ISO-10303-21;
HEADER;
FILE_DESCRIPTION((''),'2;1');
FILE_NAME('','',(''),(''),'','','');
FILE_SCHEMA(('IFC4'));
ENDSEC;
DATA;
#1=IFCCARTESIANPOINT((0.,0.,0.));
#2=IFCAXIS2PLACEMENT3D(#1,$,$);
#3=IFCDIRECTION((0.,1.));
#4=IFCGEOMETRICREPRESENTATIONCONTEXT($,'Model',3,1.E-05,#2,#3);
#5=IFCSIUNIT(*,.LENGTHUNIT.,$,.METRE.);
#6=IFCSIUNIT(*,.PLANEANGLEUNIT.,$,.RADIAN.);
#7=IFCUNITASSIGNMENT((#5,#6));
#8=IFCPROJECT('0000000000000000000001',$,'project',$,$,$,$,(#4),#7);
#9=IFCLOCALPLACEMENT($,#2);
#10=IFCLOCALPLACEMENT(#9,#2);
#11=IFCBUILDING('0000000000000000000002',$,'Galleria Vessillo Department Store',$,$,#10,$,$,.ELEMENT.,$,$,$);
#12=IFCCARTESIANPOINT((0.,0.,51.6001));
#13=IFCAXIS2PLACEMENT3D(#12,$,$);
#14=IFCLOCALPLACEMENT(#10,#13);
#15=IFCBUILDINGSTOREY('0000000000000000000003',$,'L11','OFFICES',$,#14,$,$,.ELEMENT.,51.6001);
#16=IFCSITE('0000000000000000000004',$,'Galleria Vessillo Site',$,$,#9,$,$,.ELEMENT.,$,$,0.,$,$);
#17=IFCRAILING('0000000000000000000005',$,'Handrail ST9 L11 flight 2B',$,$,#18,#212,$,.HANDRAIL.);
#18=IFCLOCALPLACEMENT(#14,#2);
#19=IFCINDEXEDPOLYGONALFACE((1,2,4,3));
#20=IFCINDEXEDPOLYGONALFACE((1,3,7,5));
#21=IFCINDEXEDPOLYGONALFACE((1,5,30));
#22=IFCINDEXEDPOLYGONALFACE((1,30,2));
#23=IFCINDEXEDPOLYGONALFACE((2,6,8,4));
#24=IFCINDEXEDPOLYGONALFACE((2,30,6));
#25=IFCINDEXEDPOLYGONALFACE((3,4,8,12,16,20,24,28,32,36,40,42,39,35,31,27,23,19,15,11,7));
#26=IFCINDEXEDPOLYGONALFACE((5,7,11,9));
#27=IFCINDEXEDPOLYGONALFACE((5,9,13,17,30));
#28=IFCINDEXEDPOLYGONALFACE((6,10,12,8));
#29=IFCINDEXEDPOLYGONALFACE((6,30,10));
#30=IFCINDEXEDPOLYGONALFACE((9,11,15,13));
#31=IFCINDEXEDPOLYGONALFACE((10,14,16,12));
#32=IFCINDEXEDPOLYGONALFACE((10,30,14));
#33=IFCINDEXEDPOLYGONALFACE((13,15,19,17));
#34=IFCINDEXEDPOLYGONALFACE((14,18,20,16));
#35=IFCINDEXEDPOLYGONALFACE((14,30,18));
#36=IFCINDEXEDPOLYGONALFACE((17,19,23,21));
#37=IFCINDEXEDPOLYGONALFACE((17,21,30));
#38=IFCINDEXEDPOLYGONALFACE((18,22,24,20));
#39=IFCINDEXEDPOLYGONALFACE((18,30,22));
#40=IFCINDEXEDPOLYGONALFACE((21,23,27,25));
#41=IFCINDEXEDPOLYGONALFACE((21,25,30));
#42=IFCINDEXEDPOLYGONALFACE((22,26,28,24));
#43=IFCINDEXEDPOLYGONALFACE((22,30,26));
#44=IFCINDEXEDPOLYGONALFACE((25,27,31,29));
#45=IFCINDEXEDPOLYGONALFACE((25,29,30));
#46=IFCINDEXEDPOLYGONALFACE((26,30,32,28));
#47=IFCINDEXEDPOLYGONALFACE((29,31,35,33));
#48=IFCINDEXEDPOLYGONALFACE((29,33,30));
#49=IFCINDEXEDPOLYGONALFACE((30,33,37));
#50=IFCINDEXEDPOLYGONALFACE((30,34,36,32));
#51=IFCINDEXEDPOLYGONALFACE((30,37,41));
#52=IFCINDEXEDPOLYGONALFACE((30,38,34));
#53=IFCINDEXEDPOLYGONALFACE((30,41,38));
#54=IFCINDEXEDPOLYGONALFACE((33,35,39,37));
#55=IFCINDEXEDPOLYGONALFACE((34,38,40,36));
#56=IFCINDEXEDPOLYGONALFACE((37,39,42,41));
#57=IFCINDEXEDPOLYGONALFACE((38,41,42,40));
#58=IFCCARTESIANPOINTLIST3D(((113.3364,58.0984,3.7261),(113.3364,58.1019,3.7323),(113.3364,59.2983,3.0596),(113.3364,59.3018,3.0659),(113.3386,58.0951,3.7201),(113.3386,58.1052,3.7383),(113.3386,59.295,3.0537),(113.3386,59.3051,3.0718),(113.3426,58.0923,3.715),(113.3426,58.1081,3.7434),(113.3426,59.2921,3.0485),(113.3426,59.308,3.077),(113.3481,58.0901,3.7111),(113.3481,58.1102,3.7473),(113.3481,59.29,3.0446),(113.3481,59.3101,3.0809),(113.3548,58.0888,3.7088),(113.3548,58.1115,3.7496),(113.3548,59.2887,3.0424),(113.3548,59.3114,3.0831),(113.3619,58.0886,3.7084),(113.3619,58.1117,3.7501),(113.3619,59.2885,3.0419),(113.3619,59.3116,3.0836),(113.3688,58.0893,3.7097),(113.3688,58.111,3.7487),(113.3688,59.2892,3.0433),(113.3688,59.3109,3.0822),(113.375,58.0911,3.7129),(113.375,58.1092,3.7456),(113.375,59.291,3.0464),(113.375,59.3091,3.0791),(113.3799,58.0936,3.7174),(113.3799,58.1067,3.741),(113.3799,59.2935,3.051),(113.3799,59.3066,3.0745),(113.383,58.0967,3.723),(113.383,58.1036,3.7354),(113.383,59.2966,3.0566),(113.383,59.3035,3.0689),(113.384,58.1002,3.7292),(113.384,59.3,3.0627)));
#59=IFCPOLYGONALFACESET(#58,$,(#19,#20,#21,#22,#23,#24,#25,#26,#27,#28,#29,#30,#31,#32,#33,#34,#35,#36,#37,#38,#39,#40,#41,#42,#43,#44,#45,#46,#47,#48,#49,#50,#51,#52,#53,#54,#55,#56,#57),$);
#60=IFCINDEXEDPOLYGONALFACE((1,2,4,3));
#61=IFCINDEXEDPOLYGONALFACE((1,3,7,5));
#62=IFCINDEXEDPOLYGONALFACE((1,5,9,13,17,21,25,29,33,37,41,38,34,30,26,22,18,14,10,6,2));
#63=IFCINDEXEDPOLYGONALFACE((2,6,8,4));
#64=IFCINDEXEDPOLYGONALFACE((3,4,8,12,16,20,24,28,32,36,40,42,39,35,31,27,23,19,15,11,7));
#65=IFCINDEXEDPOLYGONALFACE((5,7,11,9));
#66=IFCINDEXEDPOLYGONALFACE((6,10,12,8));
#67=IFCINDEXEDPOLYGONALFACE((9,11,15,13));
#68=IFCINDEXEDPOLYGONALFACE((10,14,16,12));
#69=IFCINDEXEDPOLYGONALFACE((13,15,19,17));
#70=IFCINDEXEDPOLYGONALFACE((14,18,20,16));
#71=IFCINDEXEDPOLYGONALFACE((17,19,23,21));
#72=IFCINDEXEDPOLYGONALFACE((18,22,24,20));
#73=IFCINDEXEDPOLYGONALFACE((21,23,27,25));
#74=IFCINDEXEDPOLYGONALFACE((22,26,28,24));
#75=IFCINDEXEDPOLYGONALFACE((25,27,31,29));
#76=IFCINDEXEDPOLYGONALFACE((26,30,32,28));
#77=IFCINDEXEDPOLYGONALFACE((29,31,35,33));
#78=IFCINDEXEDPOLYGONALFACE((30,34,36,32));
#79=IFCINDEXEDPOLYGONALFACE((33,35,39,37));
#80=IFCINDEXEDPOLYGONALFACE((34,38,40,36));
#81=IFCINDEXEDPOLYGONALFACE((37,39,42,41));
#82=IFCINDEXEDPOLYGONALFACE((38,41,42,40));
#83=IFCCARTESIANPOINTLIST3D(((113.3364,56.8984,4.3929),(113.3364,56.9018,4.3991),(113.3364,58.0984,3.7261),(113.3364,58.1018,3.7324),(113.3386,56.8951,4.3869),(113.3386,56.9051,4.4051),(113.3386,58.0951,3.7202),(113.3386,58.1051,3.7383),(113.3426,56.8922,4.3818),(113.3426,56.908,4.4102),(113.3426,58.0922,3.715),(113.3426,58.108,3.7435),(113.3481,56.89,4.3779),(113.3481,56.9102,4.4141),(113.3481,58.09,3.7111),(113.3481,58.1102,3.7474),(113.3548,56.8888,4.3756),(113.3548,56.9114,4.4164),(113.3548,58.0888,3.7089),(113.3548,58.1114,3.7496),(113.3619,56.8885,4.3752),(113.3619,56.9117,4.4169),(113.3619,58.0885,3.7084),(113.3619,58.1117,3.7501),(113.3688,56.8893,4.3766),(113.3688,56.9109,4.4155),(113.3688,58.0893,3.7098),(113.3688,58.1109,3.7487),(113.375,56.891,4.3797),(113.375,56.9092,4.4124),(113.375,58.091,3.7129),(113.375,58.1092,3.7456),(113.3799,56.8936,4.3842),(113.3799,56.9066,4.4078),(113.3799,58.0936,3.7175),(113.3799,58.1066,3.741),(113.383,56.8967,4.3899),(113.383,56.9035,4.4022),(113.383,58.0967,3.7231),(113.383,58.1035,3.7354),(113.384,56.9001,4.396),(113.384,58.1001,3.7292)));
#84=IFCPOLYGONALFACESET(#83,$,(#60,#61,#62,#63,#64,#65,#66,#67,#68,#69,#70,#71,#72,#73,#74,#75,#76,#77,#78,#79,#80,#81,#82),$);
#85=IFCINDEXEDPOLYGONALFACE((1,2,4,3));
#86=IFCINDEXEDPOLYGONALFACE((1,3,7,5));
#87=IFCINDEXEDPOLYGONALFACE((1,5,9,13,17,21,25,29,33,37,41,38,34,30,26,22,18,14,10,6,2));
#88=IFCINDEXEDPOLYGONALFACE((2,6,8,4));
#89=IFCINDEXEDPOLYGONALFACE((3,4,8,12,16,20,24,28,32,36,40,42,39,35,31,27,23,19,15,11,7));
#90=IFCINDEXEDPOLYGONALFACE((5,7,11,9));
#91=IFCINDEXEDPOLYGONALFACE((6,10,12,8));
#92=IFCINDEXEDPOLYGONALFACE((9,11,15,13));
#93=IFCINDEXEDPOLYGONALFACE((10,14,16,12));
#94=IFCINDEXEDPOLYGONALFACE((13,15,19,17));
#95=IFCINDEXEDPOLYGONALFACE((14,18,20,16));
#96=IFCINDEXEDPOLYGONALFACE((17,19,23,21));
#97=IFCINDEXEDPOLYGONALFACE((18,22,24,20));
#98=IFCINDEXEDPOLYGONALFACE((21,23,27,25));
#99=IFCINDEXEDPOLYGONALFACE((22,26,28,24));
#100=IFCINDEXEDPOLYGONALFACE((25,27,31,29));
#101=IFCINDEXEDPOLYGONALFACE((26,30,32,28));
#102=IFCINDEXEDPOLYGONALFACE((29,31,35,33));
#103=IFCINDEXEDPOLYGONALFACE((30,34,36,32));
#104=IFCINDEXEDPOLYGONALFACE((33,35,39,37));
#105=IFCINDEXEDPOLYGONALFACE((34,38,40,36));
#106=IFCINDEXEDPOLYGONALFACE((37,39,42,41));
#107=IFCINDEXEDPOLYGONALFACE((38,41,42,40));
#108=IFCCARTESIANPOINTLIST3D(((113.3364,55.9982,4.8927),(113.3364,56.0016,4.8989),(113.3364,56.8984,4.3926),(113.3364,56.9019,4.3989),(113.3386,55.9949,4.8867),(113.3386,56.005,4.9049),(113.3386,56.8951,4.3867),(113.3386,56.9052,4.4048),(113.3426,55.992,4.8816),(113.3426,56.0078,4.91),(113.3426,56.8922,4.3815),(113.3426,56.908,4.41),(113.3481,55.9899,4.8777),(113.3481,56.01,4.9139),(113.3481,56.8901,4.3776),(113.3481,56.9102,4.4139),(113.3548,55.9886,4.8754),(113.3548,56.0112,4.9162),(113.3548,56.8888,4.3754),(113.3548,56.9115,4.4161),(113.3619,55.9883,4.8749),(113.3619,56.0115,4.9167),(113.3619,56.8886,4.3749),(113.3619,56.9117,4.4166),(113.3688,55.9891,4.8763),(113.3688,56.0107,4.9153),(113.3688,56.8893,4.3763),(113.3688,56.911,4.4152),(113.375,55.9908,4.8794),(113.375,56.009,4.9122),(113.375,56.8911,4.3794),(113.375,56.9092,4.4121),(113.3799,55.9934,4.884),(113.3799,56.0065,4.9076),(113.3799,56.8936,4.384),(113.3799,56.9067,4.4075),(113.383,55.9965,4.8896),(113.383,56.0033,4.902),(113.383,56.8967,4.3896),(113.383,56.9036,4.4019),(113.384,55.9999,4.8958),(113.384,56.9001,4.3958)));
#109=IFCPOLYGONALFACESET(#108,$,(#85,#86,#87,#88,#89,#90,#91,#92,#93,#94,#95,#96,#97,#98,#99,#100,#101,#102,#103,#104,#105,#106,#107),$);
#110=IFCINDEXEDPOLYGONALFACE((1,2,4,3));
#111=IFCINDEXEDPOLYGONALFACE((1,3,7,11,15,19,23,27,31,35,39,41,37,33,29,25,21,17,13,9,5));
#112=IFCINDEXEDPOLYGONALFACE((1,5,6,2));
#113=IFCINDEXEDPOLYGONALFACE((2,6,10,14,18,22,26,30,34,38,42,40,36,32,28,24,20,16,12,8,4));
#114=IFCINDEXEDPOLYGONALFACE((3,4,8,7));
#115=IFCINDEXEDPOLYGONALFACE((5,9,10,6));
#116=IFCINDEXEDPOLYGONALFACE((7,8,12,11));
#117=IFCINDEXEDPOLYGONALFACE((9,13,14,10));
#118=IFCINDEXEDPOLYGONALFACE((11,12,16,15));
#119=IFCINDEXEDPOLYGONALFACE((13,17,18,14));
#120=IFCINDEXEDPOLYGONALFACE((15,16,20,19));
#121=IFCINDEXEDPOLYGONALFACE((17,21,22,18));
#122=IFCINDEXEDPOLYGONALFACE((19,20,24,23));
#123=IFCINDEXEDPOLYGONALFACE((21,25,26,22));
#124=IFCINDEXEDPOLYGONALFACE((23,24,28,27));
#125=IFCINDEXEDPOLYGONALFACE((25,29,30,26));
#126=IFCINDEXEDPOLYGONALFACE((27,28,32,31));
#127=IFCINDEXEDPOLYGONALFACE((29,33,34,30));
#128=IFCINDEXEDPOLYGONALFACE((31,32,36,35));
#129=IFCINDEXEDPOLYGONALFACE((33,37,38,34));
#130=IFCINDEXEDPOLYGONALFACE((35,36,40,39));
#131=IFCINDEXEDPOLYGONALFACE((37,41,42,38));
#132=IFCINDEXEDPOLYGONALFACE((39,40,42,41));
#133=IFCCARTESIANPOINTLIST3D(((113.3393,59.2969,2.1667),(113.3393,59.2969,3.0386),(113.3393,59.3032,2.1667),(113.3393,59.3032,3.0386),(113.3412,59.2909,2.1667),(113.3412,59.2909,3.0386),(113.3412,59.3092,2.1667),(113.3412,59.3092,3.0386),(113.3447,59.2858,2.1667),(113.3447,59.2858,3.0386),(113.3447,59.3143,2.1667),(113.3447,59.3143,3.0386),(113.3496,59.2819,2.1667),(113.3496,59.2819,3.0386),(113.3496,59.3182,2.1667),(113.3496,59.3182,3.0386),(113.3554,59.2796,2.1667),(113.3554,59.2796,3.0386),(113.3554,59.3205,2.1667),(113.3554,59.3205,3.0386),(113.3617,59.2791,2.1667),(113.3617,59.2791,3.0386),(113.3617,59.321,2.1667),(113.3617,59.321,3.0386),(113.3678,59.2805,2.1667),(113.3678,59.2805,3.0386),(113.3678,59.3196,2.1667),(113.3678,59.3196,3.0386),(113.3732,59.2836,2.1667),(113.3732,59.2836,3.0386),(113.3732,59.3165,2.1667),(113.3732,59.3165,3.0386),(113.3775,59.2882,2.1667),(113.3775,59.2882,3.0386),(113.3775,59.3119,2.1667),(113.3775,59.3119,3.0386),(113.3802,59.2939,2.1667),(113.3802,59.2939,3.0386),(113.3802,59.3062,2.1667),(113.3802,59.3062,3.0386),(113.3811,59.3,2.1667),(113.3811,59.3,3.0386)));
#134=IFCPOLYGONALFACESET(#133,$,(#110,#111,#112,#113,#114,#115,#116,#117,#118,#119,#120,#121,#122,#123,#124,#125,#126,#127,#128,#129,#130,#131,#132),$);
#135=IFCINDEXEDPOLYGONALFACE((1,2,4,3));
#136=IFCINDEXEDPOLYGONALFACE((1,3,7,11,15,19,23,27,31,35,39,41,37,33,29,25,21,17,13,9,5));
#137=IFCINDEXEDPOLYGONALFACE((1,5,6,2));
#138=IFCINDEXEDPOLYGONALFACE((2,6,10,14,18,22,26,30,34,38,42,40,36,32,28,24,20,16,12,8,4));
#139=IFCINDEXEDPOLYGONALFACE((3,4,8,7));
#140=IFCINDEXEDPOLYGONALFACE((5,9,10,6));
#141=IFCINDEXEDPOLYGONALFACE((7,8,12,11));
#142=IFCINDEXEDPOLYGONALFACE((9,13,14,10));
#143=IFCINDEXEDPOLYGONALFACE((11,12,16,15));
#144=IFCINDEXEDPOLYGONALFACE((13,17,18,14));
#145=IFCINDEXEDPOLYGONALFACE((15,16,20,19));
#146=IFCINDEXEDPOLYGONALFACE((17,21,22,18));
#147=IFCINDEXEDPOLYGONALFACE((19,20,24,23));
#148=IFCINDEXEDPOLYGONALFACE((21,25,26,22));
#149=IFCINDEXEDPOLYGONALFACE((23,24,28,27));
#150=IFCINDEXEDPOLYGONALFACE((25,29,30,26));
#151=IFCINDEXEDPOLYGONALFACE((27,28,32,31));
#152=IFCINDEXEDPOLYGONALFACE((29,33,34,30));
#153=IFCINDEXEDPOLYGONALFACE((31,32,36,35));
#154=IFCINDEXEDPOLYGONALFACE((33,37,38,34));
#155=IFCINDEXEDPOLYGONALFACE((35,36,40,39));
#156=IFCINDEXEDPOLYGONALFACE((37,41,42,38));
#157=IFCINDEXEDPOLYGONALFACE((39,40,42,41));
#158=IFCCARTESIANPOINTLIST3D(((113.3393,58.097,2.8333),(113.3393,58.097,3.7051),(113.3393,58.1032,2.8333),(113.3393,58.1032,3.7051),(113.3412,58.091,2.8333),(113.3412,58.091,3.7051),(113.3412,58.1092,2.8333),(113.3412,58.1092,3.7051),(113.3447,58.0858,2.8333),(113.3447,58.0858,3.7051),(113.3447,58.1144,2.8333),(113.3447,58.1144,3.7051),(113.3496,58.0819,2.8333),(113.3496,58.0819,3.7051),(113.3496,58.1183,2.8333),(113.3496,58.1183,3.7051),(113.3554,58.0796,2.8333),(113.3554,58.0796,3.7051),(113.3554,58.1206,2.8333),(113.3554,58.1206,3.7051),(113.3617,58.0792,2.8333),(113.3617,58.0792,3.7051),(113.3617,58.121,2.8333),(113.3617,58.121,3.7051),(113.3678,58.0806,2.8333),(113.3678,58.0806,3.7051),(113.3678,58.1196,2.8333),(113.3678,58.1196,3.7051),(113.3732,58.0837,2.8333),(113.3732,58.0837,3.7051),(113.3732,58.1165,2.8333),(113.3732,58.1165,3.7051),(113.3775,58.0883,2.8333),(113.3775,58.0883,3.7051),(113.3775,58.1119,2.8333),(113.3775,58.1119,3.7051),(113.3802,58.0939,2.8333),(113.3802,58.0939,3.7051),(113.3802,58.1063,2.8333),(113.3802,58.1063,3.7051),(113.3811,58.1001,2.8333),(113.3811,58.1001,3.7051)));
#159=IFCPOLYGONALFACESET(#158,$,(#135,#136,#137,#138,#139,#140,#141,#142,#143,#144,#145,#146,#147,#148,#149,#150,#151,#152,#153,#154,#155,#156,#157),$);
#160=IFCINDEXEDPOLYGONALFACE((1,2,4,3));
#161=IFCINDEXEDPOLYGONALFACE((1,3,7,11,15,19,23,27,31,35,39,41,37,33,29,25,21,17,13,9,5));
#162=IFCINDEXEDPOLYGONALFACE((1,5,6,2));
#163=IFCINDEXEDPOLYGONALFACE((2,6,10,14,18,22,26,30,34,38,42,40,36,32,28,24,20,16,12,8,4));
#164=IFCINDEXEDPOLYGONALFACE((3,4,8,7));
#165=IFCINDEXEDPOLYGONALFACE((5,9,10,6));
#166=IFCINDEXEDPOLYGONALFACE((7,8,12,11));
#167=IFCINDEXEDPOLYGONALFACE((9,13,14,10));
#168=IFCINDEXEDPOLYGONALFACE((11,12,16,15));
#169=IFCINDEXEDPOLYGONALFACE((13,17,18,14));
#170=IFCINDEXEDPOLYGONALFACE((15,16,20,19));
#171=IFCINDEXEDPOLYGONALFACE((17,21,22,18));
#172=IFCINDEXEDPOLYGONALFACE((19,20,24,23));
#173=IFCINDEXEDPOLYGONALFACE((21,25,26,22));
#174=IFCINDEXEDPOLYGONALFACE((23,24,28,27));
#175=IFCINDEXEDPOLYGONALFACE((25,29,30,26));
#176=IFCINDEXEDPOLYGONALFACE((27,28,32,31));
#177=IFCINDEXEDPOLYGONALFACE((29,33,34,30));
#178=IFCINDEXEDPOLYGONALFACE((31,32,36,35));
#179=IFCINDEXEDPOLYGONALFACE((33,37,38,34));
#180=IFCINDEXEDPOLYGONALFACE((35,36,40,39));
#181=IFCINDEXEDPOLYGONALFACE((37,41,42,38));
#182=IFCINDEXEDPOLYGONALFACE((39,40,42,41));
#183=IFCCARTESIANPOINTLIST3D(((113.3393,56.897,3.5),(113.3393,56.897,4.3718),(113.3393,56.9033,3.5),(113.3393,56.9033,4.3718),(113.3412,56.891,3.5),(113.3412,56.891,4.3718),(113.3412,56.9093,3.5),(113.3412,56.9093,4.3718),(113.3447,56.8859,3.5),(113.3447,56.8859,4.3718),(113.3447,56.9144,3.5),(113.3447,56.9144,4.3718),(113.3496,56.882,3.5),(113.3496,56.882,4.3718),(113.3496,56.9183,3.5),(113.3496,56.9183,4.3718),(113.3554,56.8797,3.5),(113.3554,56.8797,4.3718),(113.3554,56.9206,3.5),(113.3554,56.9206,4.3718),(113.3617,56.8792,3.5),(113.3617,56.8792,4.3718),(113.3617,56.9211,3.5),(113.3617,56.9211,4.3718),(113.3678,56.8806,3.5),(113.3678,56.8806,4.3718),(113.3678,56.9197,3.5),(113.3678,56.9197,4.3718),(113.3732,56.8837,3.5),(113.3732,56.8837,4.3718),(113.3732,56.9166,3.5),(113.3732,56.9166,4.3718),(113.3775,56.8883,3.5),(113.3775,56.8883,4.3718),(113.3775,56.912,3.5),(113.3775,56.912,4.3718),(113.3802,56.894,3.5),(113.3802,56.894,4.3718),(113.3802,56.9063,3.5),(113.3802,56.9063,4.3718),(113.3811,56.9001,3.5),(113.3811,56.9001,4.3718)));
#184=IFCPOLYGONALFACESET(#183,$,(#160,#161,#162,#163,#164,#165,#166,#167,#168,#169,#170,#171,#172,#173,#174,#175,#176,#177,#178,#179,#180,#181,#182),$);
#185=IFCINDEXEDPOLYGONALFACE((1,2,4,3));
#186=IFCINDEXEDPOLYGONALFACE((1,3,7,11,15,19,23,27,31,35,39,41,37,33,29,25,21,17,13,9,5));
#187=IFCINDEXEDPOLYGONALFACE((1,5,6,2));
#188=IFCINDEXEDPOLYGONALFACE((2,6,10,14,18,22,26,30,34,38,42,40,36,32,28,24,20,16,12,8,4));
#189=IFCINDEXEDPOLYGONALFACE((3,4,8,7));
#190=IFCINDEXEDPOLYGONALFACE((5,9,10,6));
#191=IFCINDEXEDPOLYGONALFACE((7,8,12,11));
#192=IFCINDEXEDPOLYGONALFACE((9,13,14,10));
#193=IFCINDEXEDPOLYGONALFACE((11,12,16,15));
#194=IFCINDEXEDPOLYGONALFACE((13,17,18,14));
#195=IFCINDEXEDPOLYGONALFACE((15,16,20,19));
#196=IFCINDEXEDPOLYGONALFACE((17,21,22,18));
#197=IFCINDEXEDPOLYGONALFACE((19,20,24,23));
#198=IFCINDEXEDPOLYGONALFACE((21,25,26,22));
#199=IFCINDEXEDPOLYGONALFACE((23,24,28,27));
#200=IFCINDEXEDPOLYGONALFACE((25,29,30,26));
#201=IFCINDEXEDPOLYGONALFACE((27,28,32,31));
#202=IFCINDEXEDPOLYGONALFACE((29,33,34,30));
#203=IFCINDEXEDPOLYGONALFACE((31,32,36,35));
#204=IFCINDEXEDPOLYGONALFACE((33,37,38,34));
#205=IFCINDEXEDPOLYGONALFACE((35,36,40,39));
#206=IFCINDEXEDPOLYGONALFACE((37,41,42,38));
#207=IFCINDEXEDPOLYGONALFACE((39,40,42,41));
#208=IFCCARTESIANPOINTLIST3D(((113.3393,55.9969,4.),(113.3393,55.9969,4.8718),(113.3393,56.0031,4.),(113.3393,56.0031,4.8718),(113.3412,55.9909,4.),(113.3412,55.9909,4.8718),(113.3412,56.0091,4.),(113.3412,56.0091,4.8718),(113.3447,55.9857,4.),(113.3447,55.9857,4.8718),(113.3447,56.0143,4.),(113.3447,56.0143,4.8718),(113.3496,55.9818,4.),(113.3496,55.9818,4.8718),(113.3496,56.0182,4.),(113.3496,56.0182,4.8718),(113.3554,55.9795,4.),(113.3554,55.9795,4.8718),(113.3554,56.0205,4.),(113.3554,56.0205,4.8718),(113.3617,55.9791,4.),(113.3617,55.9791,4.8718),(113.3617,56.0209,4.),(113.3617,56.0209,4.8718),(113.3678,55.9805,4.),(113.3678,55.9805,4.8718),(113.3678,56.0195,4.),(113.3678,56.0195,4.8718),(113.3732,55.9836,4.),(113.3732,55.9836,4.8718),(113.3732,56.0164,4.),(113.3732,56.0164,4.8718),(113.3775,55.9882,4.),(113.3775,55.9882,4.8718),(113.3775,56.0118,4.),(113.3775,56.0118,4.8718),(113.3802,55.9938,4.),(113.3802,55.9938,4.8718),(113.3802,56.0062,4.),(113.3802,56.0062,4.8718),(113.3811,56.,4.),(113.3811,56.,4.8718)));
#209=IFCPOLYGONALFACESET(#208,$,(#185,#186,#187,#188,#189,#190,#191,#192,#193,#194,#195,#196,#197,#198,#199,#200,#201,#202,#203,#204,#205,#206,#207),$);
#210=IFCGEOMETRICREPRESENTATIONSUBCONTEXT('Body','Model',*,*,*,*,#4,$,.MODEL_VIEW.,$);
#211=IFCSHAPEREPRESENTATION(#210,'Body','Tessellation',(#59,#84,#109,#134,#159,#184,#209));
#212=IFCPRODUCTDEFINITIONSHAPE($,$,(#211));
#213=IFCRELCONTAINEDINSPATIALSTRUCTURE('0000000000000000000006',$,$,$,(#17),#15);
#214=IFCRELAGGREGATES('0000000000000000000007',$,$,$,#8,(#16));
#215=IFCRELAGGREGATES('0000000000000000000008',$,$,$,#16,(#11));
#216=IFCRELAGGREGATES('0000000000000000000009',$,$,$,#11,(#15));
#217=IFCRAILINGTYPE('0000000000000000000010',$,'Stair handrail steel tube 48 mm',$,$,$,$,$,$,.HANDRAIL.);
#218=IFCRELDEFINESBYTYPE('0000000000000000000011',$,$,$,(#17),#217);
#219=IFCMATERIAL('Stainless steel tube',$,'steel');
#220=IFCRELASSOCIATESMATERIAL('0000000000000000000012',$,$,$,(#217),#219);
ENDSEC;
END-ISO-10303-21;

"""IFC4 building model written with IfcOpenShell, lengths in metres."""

from ifc_helpers import new_model, si_unit, direction, frame, origin, origin_2d, place, context, subcontext, project, spatial, circle, extrude, material, type_object, element, save


model = new_model("IFC4")

# Units and contexts
model_context = context("Model", 3, precision=1e-05, world=origin(), true_north=direction((0.0, 1.0)))
body_context = subcontext(model_context, "Body", "Model", "MODEL_VIEW")
ifc_project = project(units=[si_unit("LENGTHUNIT", "METRE"), si_unit("PLANEANGLEUNIT", "RADIAN")], contexts=[model_context])

# Site, building, storey
site_placement = place(None, origin())
site = spatial("IfcSite", under=ifc_project, at=site_placement, Name="Galleria Vessillo Site", CompositionType="ELEMENT", RefElevation=0.0)
building_placement = place(site_placement, origin())
building = spatial("IfcBuilding", under=site, at=building_placement, Name="Galleria Vessillo Department Store", CompositionType="ELEMENT")
storey_placement = place(building_placement, frame((0.0, 0.0, 51.6001)))
storey = spatial("IfcBuildingStorey", under=building, at=storey_placement, Name="L11", Description="OFFICES", CompositionType="ELEMENT", Elevation=51.6001)

# Railing
ifc_material_1 = material(Name="Stainless steel tube", Category="steel")
railing_type = type_object("IfcRailingType", Name="Stair handrail steel tube 48 mm", PredefinedType="HANDRAIL", material=ifc_material_1)
for number, where, name in (
    (1, (113.3601, 59.3, 2.1667), "Handrail ST9 L11 flight 2B"),
):
    element("IfcRailing", number, at=place(storey_placement, frame(where)), inside=storey, type_object=railing_type, Name=name, PredefinedType="HANDRAIL", context=body_context, shape_type="SweptSolid", body=[
        extrude(circle(Radius=0.0239, at=origin_2d()), frame((0.0, 0.0, 0.896), z_axis=(0.0, -0.874199, 0.485567), x_axis=(1.0, 0.0, 0.0)), (0.0, 0.0, 1.0), 1.3726),
        extrude(circle(Radius=0.0239, at=origin_2d()), frame((0.0, -1.2, 1.5625), z_axis=(0.0, -0.874124, 0.485703), x_axis=(1.0, 0.0, 0.0)), (0.0, 0.0, 1.0), 1.3728),
        extrude(circle(Radius=0.0239, at=origin_2d()), frame((0.0, -2.3999, 2.229), z_axis=(0.0, -0.874191, 0.485583), x_axis=(1.0, 0.0, 0.0)), (0.0, 0.0, 1.0), 1.0298),
        extrude(circle(Radius=0.021, at=origin_2d()), origin(), (0.0, 0.0, 1.0), 0.8718),
        extrude(circle(Radius=0.021, at=origin_2d()), frame((0.0, -1.2, 0.6665)), (0.0, 0.0, 1.0), 0.8718),
        extrude(circle(Radius=0.021, at=origin_2d()), frame((0.0, -2.3999, 1.3333)), (0.0, 0.0, 1.0), 0.8718),
        extrude(circle(Radius=0.021, at=origin_2d()), frame((0.0, -3.3, 1.8333)), (0.0, 0.0, 1.0), 0.8718),
    ])

save(model, "model.ifc")
